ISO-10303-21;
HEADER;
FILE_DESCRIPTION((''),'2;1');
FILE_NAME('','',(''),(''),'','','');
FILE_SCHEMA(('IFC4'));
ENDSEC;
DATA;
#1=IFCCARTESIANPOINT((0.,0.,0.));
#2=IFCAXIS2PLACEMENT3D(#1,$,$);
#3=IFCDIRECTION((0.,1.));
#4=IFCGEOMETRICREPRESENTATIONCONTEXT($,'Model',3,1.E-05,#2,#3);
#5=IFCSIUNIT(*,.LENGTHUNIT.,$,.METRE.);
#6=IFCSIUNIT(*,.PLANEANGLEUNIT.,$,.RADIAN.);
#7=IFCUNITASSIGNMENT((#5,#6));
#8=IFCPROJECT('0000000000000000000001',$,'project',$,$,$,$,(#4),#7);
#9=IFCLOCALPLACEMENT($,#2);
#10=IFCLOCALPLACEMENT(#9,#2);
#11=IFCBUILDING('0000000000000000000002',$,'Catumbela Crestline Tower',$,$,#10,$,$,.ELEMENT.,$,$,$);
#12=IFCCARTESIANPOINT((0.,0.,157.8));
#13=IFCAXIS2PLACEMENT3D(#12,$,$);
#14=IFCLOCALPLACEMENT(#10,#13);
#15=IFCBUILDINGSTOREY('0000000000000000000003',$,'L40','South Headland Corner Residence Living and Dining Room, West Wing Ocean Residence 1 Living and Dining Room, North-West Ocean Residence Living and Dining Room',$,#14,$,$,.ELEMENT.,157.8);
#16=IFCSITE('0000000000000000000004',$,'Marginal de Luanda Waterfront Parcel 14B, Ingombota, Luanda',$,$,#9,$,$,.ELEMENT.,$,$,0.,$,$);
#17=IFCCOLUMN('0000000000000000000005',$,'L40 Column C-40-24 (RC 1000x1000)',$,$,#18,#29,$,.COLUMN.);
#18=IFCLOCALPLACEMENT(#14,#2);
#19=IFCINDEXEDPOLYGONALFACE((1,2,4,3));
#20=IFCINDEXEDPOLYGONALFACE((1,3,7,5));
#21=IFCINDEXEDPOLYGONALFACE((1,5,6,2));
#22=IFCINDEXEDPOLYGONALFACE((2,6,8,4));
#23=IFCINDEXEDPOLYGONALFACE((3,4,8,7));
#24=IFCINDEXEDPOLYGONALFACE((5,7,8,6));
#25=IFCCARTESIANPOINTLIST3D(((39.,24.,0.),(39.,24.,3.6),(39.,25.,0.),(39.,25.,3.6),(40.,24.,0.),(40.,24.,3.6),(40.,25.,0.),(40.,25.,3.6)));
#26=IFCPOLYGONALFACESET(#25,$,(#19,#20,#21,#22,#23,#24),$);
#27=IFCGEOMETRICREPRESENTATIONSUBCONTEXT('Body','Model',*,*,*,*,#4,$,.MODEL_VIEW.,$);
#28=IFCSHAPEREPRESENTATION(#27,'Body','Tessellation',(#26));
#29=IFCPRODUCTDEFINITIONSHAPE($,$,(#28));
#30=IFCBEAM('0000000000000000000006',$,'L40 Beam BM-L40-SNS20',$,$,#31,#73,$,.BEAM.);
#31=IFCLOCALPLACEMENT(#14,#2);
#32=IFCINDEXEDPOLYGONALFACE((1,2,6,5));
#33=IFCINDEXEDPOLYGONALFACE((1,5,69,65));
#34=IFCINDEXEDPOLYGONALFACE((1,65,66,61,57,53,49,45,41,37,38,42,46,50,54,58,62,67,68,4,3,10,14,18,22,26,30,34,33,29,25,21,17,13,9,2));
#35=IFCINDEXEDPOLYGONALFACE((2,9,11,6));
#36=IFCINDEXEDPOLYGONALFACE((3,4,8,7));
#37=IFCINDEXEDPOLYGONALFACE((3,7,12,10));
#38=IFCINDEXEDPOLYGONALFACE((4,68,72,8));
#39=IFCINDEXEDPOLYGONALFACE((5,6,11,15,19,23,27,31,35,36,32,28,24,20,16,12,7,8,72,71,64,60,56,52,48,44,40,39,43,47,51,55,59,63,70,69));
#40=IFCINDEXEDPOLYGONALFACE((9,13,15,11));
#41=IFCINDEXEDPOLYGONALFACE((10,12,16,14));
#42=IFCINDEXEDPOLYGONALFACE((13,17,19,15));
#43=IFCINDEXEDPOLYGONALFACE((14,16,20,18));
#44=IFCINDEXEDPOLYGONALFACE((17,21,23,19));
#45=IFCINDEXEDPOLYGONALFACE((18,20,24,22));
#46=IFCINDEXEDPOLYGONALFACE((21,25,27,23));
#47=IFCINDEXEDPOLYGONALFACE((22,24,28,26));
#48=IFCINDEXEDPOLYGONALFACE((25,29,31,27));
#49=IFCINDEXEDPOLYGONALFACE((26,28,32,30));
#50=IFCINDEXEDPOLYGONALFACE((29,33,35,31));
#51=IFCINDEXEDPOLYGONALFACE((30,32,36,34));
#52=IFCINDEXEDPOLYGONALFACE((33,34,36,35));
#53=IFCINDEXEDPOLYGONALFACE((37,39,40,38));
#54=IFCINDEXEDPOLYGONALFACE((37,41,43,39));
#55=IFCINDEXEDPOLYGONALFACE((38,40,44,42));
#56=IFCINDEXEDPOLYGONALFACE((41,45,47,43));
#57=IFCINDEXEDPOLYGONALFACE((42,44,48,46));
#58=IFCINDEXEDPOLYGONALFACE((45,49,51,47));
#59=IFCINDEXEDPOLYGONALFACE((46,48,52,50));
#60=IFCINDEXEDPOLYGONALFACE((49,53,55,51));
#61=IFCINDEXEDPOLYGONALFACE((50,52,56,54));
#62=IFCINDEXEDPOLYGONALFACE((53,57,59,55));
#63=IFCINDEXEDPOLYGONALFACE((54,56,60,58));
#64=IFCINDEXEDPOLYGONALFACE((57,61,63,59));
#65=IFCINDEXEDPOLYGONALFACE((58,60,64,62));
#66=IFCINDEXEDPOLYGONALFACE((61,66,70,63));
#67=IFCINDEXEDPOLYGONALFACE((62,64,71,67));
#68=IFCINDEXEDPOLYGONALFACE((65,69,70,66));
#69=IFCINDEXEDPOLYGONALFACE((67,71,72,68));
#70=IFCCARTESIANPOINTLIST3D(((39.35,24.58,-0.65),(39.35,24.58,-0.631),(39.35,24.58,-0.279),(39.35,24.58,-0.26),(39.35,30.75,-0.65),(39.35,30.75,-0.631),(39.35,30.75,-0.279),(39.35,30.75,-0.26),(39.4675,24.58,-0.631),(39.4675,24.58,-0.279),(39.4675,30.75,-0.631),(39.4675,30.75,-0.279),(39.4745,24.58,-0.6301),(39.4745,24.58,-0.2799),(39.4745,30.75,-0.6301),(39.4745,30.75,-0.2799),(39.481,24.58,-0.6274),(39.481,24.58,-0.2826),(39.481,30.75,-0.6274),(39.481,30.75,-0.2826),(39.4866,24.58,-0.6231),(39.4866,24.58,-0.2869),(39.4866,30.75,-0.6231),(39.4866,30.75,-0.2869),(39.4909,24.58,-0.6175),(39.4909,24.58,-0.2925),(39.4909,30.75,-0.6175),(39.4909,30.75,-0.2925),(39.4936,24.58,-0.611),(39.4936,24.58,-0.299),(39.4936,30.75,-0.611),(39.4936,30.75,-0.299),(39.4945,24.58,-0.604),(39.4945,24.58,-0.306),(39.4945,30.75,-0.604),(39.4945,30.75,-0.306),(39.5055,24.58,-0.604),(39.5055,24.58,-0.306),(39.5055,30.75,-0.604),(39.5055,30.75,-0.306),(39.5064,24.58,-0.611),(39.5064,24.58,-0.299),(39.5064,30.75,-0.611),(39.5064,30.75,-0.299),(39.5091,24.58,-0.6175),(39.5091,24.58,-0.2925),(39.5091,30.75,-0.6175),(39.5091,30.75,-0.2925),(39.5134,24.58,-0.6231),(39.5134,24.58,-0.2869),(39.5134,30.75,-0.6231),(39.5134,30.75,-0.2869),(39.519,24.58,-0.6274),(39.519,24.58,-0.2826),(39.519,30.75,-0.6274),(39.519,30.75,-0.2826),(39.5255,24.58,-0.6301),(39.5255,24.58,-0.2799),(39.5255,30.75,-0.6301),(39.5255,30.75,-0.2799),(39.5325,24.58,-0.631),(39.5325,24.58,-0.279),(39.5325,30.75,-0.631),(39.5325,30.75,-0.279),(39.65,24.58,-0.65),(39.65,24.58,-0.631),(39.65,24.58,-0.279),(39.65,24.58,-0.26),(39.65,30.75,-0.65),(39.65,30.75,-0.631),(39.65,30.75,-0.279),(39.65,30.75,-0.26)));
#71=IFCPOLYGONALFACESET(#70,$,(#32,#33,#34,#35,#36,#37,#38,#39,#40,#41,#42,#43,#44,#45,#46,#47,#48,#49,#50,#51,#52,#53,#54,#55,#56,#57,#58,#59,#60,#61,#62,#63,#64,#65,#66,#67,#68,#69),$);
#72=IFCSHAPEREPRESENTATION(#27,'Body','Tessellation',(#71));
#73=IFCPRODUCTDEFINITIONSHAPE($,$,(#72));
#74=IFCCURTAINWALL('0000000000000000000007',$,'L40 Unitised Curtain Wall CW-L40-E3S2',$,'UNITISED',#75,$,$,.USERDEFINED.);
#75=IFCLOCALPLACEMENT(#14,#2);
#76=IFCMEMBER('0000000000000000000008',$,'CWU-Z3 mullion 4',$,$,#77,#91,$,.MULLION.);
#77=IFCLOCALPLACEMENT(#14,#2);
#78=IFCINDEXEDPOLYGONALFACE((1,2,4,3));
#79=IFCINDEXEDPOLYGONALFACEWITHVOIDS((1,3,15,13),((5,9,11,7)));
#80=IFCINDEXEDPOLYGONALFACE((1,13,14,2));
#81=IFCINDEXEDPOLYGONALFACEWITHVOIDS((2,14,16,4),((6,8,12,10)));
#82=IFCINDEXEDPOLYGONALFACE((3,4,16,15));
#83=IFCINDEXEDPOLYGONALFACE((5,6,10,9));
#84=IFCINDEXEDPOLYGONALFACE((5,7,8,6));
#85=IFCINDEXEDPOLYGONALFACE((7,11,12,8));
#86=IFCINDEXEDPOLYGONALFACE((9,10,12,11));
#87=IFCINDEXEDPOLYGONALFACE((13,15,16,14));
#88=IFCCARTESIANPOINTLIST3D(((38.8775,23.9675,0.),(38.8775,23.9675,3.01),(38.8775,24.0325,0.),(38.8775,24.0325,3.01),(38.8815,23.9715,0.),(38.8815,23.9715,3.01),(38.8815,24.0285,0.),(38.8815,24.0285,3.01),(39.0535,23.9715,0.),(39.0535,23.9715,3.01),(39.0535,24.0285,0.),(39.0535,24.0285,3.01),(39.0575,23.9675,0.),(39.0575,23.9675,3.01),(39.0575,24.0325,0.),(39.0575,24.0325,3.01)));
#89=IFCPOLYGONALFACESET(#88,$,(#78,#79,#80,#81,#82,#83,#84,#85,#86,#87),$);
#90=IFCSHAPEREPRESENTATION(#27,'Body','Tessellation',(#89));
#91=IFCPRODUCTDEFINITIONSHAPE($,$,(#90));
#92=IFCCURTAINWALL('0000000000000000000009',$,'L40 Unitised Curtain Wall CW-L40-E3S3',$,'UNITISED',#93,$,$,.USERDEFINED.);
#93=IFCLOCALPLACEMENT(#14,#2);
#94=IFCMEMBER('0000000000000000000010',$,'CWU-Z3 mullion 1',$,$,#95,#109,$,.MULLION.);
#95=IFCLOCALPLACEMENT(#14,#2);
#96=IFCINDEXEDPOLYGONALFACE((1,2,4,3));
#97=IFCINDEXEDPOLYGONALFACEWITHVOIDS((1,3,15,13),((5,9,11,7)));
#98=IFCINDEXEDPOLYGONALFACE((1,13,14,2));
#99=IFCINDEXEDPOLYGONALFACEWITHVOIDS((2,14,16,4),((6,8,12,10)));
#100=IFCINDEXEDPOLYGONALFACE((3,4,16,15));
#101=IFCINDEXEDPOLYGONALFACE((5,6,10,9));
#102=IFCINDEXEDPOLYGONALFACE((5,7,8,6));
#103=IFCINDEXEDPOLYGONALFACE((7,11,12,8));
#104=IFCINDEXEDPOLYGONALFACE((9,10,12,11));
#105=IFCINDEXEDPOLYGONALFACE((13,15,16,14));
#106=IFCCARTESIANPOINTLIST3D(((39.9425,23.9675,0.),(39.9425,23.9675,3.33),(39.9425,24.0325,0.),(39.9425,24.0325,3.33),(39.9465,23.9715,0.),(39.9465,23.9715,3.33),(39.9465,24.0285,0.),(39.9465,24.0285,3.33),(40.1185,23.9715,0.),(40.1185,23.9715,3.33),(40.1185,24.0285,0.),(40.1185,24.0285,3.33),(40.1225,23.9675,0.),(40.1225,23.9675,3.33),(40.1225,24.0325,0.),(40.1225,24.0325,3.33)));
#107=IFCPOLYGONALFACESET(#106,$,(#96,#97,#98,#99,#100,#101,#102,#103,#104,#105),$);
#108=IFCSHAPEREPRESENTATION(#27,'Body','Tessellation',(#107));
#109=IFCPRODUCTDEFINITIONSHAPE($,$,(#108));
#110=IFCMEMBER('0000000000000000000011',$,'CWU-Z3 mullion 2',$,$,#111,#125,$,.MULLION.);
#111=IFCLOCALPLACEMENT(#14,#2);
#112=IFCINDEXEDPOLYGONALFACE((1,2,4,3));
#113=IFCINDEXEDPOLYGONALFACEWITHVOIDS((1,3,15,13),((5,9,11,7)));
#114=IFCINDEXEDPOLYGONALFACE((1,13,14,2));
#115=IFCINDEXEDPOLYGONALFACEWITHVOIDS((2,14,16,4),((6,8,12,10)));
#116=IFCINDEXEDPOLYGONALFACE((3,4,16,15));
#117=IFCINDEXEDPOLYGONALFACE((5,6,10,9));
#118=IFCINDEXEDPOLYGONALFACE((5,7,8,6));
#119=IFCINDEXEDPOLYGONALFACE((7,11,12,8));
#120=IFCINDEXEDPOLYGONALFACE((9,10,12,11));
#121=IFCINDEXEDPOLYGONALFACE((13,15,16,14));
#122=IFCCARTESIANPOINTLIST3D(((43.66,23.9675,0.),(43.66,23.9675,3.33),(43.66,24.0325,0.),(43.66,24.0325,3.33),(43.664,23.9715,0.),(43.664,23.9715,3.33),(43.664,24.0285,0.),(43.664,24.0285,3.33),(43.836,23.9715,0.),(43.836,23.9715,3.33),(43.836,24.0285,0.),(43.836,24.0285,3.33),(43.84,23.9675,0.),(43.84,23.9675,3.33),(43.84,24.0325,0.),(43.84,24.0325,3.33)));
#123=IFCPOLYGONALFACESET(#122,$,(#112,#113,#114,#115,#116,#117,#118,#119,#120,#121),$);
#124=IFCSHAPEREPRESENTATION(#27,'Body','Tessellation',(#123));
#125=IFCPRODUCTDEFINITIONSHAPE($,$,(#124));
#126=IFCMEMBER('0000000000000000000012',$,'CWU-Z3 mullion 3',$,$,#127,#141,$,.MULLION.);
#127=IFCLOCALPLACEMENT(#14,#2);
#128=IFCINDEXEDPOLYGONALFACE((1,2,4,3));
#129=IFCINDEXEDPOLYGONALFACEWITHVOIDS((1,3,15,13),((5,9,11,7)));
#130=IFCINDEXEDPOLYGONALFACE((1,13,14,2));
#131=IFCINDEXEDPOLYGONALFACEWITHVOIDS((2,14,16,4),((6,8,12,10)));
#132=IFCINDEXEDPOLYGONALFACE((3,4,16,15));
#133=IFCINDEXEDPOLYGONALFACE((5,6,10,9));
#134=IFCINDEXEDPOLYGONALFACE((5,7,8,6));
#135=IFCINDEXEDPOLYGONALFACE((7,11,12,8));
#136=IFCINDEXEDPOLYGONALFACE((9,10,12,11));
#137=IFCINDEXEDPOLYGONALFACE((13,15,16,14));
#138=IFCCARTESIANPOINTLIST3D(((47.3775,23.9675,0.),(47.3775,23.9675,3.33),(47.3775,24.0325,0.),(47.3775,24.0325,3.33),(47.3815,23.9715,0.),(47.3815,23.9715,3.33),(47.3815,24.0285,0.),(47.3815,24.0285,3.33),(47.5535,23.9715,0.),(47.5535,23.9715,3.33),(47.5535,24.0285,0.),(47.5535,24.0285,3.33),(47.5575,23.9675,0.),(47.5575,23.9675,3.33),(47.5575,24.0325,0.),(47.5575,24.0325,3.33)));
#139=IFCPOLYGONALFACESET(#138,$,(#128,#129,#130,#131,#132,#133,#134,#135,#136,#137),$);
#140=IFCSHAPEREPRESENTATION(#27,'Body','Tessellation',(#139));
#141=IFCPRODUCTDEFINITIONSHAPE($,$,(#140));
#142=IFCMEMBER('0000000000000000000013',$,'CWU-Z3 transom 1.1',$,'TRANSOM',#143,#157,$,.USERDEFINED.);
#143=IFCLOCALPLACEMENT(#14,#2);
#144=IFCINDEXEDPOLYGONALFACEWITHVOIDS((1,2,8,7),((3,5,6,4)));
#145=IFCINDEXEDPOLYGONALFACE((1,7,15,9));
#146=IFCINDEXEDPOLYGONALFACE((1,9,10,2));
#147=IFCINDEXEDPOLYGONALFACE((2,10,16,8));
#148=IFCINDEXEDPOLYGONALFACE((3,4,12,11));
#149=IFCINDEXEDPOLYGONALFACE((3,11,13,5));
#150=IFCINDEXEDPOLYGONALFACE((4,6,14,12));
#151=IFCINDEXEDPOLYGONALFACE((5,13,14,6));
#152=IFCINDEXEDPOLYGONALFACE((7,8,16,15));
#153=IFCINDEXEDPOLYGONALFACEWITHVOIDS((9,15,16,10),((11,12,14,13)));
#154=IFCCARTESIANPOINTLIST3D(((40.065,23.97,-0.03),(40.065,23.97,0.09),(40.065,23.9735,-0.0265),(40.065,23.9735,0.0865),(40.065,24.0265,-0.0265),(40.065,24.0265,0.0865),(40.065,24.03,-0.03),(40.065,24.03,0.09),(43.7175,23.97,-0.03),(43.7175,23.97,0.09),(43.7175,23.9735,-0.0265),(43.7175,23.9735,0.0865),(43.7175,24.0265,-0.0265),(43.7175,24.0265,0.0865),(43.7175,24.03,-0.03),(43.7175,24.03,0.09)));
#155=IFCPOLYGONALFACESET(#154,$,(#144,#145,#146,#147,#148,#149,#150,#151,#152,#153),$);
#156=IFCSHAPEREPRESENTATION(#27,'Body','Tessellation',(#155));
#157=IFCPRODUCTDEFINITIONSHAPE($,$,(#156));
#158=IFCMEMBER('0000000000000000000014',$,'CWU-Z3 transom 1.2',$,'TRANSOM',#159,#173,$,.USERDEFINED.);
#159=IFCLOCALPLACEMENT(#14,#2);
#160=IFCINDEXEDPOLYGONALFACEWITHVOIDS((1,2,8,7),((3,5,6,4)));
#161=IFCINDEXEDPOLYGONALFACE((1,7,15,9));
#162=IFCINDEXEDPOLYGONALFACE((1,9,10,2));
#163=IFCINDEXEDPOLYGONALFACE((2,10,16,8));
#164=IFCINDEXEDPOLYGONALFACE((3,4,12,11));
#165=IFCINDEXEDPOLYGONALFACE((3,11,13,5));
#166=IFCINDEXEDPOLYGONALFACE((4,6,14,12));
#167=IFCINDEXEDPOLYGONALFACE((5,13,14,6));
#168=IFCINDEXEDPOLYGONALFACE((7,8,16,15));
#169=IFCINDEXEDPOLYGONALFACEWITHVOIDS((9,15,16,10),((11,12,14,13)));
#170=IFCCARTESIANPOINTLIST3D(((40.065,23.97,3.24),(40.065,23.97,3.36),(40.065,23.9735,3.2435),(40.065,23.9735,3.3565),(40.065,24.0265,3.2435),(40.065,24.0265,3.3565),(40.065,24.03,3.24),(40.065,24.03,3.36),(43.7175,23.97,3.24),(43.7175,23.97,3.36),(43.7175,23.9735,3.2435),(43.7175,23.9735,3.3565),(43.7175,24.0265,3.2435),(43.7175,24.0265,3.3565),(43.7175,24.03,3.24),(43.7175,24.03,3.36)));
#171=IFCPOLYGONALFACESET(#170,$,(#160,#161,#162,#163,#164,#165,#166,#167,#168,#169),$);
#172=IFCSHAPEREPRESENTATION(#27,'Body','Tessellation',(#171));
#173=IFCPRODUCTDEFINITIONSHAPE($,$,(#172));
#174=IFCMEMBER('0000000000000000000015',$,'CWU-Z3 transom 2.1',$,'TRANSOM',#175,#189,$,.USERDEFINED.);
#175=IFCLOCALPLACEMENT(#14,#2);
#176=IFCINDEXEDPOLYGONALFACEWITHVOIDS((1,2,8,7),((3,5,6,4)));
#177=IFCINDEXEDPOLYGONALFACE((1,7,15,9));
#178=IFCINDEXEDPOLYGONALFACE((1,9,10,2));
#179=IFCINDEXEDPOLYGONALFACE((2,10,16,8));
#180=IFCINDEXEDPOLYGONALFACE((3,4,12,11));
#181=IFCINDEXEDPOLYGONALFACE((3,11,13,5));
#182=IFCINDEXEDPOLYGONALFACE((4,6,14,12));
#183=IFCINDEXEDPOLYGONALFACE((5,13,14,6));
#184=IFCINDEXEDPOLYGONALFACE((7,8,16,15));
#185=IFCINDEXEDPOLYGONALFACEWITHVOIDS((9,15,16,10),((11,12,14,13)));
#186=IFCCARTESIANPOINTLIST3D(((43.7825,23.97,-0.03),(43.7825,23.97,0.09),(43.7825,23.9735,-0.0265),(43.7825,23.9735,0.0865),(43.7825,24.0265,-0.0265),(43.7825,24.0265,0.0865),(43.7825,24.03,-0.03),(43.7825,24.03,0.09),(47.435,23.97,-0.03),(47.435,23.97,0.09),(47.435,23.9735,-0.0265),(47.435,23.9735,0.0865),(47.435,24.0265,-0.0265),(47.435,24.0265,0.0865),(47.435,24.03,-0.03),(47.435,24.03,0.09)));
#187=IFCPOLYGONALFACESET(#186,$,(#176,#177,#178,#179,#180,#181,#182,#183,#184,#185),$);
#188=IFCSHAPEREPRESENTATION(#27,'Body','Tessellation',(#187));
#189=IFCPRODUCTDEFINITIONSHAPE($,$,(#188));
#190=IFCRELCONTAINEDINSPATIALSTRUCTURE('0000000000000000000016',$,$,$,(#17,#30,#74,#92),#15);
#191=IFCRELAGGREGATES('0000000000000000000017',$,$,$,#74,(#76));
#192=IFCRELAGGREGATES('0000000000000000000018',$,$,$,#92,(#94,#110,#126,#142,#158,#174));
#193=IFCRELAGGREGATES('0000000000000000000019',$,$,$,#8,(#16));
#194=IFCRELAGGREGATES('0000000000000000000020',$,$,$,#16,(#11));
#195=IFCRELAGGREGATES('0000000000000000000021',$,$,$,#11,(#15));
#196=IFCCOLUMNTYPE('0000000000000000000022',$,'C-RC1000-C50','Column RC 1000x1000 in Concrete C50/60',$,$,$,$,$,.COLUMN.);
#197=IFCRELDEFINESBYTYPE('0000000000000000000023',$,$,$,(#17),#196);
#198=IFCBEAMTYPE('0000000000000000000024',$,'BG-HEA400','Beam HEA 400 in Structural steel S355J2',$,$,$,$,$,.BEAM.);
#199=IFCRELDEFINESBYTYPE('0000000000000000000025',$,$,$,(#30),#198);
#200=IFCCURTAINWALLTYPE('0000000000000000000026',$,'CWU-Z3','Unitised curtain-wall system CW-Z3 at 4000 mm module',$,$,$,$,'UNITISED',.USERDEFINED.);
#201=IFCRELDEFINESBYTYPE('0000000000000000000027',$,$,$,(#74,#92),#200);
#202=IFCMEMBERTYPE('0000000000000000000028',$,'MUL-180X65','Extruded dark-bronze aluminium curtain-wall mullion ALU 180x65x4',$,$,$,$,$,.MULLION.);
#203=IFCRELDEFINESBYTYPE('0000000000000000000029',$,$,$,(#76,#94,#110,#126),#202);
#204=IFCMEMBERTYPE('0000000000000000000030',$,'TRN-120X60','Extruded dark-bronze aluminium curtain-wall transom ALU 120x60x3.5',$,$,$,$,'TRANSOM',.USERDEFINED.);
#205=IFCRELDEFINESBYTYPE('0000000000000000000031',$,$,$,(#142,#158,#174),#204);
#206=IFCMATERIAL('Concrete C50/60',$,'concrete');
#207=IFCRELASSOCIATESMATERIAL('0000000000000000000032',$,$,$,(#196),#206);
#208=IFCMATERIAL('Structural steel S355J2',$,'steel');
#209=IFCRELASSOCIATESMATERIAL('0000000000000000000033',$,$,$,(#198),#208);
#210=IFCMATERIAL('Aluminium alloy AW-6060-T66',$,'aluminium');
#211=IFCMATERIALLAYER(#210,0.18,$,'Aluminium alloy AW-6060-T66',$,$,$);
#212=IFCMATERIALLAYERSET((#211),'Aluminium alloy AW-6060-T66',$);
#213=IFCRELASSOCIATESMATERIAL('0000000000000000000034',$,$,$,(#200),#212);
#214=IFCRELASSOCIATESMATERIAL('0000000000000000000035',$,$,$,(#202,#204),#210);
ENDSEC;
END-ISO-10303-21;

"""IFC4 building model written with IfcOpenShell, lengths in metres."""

from ifc_helpers import new_model, si_unit, direction, frame, origin, origin_2d, place, context, subcontext, project, spatial, rectangle, hollow_rectangle, i_section, extrude, material, layer, layer_set, material_profile, profile_set, type_object, element, aggregate, save


model = new_model("IFC4")

# Units and contexts
model_context = context("Model", 3, precision=1e-05, world=origin(), true_north=direction((0.0, 1.0)))
body_context = subcontext(model_context, "Body", "Model", "MODEL_VIEW")
ifc_project = project(units=[si_unit("LENGTHUNIT", "METRE"), si_unit("PLANEANGLEUNIT", "RADIAN")], contexts=[model_context])

# Site, building, storey
site_placement = place(None, origin())
site = spatial("IfcSite", under=ifc_project, at=site_placement, Name="Marginal de Luanda Waterfront Parcel 14B, Ingombota, Luanda", CompositionType="ELEMENT", RefElevation=0.0)
building_placement = place(site_placement, origin())
building = spatial("IfcBuilding", under=site, at=building_placement, Name="Catumbela Crestline Tower", CompositionType="ELEMENT")
storey_placement = place(building_placement, frame((0.0, 0.0, 157.8)))
storey = spatial("IfcBuildingStorey", under=building, at=storey_placement, Name="L40", Description="South Headland Corner Residence Living and Dining Room, West Wing Ocean Residence 1 Living and Dining Room, North-West Ocean Residence Living and Dining Room", CompositionType="ELEMENT", Elevation=157.8)

# Column
ifc_material_1 = material(Name="Concrete C50/60", Category="concrete")
ifc_material_profile_1 = material_profile(ifc_material_1, rectangle(XDim=1.0, YDim=1.0, at=origin_2d()), Name="RC 1000x1000")
ifc_profile_set_1 = profile_set([ifc_material_profile_1], Name="Concrete C50/60")
column_type = type_object("IfcColumnType", Name="C-RC1000-C50", Description="Column RC 1000x1000 in Concrete C50/60", PredefinedType="COLUMN", material=ifc_profile_set_1)
column_placement = place(storey_placement, frame((39.5, 24.5, 0.0), z_axis=(0.0, 0.0, 1.0), x_axis=(1.0, 0.0, 0.0)))
element("IfcColumn", 1, at=column_placement, inside=storey, type_object=column_type, Name="L40 Column C-40-24 (RC 1000x1000)", PredefinedType="COLUMN", context=body_context, shape_type="SweptSolid", body=[
    extrude(rectangle(XDim=1.0, YDim=1.0, at=origin_2d()), origin(), (0.0, 0.0, 1.0), 3.6),
])

# Beam
ifc_material_2 = material(Name="Structural steel S355J2", Category="steel")
ifc_material_profile_2 = material_profile(ifc_material_2, i_section(OverallWidth=0.3, OverallDepth=0.39, WebThickness=0.011, FlangeThickness=0.019, FilletRadius=0.027, at=origin_2d()), Name="HEA 400")
ifc_profile_set_2 = profile_set([ifc_material_profile_2], Name="Structural steel S355J2")
beam_type = type_object("IfcBeamType", Name="BG-HEA400", Description="Beam HEA 400 in Structural steel S355J2", PredefinedType="BEAM", material=ifc_profile_set_2)
beam_placement = place(storey_placement, frame((39.5, 24.58, -0.455), z_axis=(0.0, 1.0, 0.0), x_axis=(-1.0, 0.0, 0.0)))
element("IfcBeam", 2, at=beam_placement, inside=storey, type_object=beam_type, Name="L40 Beam BM-L40-SNS20", PredefinedType="BEAM", context=body_context, shape_type="SweptSolid", body=[
    extrude(i_section(OverallWidth=0.3, OverallDepth=0.39, WebThickness=0.011, FlangeThickness=0.019, FilletRadius=0.027, at=origin_2d()), origin(), (0.0, 0.0, 1.0), 6.17),
])

# Curtain wall, member
ifc_material_3 = material(Name="Aluminium alloy AW-6060-T66", Category="aluminium")
ifc_layer_1 = layer(ifc_material_3, 0.18, Name="Aluminium alloy AW-6060-T66")
ifc_layer_set_1 = layer_set([ifc_layer_1], Name="Aluminium alloy AW-6060-T66")
curtain_wall_type = type_object("IfcCurtainWallType", Name="CWU-Z3", Description="Unitised curtain-wall system CW-Z3 at 4000 mm module", ElementType="UNITISED", PredefinedType="USERDEFINED", material=ifc_layer_set_1)
curtain_wall_1_placement = place(storey_placement, origin())
curtain_wall_1 = element("IfcCurtainWall", 3, at=curtain_wall_1_placement, inside=storey, type_object=curtain_wall_type, Name="L40 Unitised Curtain Wall CW-L40-E3S2", ObjectType="UNITISED", PredefinedType="USERDEFINED")
ifc_material_profile_3 = material_profile(ifc_material_3, hollow_rectangle(XDim=0.065, YDim=0.18, WallThickness=0.004, at=origin_2d()), Name="ALU 180x65x4")
ifc_profile_set_3 = profile_set([ifc_material_profile_3], Name="Aluminium alloy AW-6060-T66")
member_type_1 = type_object("IfcMemberType", Name="MUL-180X65", Description="Extruded dark-bronze aluminium curtain-wall mullion ALU 180x65x4", PredefinedType="MULLION", material=ifc_profile_set_3)
member_1_placement = place(storey_placement, frame((38.9675, 24.0, 0.0), z_axis=(0.0, 0.0, 1.0), x_axis=(0.0, 1.0, 0.0)))
member_1 = element("IfcMember", 4, at=member_1_placement, type_object=member_type_1, Name="CWU-Z3 mullion 4", PredefinedType="MULLION", context=body_context, shape_type="SweptSolid", body=[
    extrude(hollow_rectangle(XDim=0.065, YDim=0.18, WallThickness=0.004, at=origin_2d()), origin(), (0.0, 0.0, 1.0), 3.01),
])

# Curtain wall, members
curtain_wall_2_placement = place(storey_placement, origin())
curtain_wall_2 = element("IfcCurtainWall", 5, at=curtain_wall_2_placement, inside=storey, type_object=curtain_wall_type, Name="L40 Unitised Curtain Wall CW-L40-E3S3", ObjectType="UNITISED", PredefinedType="USERDEFINED")
member_2_placement = place(storey_placement, frame((40.0325, 24.0, 0.0), z_axis=(0.0, 0.0, 1.0), x_axis=(0.0, 1.0, 0.0)))
member_2 = element("IfcMember", 6, at=member_2_placement, type_object=member_type_1, Name="CWU-Z3 mullion 1", PredefinedType="MULLION", context=body_context, shape_type="SweptSolid", body=[
    extrude(hollow_rectangle(XDim=0.065, YDim=0.18, WallThickness=0.004, at=origin_2d()), origin(), (0.0, 0.0, 1.0), 3.33),
])
member_3_placement = place(storey_placement, frame((43.75, 24.0, 0.0), z_axis=(0.0, 0.0, 1.0), x_axis=(0.0, 1.0, 0.0)))
member_3 = element("IfcMember", 7, at=member_3_placement, type_object=member_type_1, Name="CWU-Z3 mullion 2", PredefinedType="MULLION", context=body_context, shape_type="SweptSolid", body=[
    extrude(hollow_rectangle(XDim=0.065, YDim=0.18, WallThickness=0.004, at=origin_2d()), origin(), (0.0, 0.0, 1.0), 3.33),
])
member_4_placement = place(storey_placement, frame((47.4675, 24.0, 0.0), z_axis=(0.0, 0.0, 1.0), x_axis=(0.0, 1.0, 0.0)))
member_4 = element("IfcMember", 8, at=member_4_placement, type_object=member_type_1, Name="CWU-Z3 mullion 3", PredefinedType="MULLION", context=body_context, shape_type="SweptSolid", body=[
    extrude(hollow_rectangle(XDim=0.065, YDim=0.18, WallThickness=0.004, at=origin_2d()), origin(), (0.0, 0.0, 1.0), 3.33),
])
ifc_material_profile_4 = material_profile(ifc_material_3, hollow_rectangle(XDim=0.06, YDim=0.12, WallThickness=0.0035, at=origin_2d()), Name="ALU 120x60x3.5")
ifc_profile_set_4 = profile_set([ifc_material_profile_4], Name="Aluminium alloy AW-6060-T66")
member_type_2 = type_object("IfcMemberType", Name="TRN-120X60", Description="Extruded dark-bronze aluminium curtain-wall transom ALU 120x60x3.5", ElementType="TRANSOM", PredefinedType="USERDEFINED", material=ifc_profile_set_4)
member_5_placement = place(storey_placement, frame((40.065, 24.0, 0.03), z_axis=(1.0, 0.0, 0.0), x_axis=(0.0, 1.0, 0.0)))
member_5 = element("IfcMember", 9, at=member_5_placement, type_object=member_type_2, Name="CWU-Z3 transom 1.1", ObjectType="TRANSOM", PredefinedType="USERDEFINED", context=body_context, shape_type="SweptSolid", body=[
    extrude(hollow_rectangle(XDim=0.06, YDim=0.12, WallThickness=0.0035, at=origin_2d()), origin(), (0.0, 0.0, 1.0), 3.6525),
])
member_6_placement = place(storey_placement, frame((40.065, 24.0, 3.3), z_axis=(1.0, 0.0, 0.0), x_axis=(0.0, 1.0, 0.0)))
member_6 = element("IfcMember", 10, at=member_6_placement, type_object=member_type_2, Name="CWU-Z3 transom 1.2", ObjectType="TRANSOM", PredefinedType="USERDEFINED", context=body_context, shape_type="SweptSolid", body=[
    extrude(hollow_rectangle(XDim=0.06, YDim=0.12, WallThickness=0.0035, at=origin_2d()), origin(), (0.0, 0.0, 1.0), 3.6525),
])
member_7_placement = place(storey_placement, frame((43.7825, 24.0, 0.03), z_axis=(1.0, 0.0, 0.0), x_axis=(0.0, 1.0, 0.0)))
member_7 = element("IfcMember", 11, at=member_7_placement, type_object=member_type_2, Name="CWU-Z3 transom 2.1", ObjectType="TRANSOM", PredefinedType="USERDEFINED", context=body_context, shape_type="SweptSolid", body=[
    extrude(hollow_rectangle(XDim=0.06, YDim=0.12, WallThickness=0.0035, at=origin_2d()), origin(), (0.0, 0.0, 1.0), 3.6525),
])

aggregate(curtain_wall_1, [member_1])
aggregate(curtain_wall_2, [member_2, member_3, member_4, member_5, member_6, member_7])

save(model, "model.ifc")
